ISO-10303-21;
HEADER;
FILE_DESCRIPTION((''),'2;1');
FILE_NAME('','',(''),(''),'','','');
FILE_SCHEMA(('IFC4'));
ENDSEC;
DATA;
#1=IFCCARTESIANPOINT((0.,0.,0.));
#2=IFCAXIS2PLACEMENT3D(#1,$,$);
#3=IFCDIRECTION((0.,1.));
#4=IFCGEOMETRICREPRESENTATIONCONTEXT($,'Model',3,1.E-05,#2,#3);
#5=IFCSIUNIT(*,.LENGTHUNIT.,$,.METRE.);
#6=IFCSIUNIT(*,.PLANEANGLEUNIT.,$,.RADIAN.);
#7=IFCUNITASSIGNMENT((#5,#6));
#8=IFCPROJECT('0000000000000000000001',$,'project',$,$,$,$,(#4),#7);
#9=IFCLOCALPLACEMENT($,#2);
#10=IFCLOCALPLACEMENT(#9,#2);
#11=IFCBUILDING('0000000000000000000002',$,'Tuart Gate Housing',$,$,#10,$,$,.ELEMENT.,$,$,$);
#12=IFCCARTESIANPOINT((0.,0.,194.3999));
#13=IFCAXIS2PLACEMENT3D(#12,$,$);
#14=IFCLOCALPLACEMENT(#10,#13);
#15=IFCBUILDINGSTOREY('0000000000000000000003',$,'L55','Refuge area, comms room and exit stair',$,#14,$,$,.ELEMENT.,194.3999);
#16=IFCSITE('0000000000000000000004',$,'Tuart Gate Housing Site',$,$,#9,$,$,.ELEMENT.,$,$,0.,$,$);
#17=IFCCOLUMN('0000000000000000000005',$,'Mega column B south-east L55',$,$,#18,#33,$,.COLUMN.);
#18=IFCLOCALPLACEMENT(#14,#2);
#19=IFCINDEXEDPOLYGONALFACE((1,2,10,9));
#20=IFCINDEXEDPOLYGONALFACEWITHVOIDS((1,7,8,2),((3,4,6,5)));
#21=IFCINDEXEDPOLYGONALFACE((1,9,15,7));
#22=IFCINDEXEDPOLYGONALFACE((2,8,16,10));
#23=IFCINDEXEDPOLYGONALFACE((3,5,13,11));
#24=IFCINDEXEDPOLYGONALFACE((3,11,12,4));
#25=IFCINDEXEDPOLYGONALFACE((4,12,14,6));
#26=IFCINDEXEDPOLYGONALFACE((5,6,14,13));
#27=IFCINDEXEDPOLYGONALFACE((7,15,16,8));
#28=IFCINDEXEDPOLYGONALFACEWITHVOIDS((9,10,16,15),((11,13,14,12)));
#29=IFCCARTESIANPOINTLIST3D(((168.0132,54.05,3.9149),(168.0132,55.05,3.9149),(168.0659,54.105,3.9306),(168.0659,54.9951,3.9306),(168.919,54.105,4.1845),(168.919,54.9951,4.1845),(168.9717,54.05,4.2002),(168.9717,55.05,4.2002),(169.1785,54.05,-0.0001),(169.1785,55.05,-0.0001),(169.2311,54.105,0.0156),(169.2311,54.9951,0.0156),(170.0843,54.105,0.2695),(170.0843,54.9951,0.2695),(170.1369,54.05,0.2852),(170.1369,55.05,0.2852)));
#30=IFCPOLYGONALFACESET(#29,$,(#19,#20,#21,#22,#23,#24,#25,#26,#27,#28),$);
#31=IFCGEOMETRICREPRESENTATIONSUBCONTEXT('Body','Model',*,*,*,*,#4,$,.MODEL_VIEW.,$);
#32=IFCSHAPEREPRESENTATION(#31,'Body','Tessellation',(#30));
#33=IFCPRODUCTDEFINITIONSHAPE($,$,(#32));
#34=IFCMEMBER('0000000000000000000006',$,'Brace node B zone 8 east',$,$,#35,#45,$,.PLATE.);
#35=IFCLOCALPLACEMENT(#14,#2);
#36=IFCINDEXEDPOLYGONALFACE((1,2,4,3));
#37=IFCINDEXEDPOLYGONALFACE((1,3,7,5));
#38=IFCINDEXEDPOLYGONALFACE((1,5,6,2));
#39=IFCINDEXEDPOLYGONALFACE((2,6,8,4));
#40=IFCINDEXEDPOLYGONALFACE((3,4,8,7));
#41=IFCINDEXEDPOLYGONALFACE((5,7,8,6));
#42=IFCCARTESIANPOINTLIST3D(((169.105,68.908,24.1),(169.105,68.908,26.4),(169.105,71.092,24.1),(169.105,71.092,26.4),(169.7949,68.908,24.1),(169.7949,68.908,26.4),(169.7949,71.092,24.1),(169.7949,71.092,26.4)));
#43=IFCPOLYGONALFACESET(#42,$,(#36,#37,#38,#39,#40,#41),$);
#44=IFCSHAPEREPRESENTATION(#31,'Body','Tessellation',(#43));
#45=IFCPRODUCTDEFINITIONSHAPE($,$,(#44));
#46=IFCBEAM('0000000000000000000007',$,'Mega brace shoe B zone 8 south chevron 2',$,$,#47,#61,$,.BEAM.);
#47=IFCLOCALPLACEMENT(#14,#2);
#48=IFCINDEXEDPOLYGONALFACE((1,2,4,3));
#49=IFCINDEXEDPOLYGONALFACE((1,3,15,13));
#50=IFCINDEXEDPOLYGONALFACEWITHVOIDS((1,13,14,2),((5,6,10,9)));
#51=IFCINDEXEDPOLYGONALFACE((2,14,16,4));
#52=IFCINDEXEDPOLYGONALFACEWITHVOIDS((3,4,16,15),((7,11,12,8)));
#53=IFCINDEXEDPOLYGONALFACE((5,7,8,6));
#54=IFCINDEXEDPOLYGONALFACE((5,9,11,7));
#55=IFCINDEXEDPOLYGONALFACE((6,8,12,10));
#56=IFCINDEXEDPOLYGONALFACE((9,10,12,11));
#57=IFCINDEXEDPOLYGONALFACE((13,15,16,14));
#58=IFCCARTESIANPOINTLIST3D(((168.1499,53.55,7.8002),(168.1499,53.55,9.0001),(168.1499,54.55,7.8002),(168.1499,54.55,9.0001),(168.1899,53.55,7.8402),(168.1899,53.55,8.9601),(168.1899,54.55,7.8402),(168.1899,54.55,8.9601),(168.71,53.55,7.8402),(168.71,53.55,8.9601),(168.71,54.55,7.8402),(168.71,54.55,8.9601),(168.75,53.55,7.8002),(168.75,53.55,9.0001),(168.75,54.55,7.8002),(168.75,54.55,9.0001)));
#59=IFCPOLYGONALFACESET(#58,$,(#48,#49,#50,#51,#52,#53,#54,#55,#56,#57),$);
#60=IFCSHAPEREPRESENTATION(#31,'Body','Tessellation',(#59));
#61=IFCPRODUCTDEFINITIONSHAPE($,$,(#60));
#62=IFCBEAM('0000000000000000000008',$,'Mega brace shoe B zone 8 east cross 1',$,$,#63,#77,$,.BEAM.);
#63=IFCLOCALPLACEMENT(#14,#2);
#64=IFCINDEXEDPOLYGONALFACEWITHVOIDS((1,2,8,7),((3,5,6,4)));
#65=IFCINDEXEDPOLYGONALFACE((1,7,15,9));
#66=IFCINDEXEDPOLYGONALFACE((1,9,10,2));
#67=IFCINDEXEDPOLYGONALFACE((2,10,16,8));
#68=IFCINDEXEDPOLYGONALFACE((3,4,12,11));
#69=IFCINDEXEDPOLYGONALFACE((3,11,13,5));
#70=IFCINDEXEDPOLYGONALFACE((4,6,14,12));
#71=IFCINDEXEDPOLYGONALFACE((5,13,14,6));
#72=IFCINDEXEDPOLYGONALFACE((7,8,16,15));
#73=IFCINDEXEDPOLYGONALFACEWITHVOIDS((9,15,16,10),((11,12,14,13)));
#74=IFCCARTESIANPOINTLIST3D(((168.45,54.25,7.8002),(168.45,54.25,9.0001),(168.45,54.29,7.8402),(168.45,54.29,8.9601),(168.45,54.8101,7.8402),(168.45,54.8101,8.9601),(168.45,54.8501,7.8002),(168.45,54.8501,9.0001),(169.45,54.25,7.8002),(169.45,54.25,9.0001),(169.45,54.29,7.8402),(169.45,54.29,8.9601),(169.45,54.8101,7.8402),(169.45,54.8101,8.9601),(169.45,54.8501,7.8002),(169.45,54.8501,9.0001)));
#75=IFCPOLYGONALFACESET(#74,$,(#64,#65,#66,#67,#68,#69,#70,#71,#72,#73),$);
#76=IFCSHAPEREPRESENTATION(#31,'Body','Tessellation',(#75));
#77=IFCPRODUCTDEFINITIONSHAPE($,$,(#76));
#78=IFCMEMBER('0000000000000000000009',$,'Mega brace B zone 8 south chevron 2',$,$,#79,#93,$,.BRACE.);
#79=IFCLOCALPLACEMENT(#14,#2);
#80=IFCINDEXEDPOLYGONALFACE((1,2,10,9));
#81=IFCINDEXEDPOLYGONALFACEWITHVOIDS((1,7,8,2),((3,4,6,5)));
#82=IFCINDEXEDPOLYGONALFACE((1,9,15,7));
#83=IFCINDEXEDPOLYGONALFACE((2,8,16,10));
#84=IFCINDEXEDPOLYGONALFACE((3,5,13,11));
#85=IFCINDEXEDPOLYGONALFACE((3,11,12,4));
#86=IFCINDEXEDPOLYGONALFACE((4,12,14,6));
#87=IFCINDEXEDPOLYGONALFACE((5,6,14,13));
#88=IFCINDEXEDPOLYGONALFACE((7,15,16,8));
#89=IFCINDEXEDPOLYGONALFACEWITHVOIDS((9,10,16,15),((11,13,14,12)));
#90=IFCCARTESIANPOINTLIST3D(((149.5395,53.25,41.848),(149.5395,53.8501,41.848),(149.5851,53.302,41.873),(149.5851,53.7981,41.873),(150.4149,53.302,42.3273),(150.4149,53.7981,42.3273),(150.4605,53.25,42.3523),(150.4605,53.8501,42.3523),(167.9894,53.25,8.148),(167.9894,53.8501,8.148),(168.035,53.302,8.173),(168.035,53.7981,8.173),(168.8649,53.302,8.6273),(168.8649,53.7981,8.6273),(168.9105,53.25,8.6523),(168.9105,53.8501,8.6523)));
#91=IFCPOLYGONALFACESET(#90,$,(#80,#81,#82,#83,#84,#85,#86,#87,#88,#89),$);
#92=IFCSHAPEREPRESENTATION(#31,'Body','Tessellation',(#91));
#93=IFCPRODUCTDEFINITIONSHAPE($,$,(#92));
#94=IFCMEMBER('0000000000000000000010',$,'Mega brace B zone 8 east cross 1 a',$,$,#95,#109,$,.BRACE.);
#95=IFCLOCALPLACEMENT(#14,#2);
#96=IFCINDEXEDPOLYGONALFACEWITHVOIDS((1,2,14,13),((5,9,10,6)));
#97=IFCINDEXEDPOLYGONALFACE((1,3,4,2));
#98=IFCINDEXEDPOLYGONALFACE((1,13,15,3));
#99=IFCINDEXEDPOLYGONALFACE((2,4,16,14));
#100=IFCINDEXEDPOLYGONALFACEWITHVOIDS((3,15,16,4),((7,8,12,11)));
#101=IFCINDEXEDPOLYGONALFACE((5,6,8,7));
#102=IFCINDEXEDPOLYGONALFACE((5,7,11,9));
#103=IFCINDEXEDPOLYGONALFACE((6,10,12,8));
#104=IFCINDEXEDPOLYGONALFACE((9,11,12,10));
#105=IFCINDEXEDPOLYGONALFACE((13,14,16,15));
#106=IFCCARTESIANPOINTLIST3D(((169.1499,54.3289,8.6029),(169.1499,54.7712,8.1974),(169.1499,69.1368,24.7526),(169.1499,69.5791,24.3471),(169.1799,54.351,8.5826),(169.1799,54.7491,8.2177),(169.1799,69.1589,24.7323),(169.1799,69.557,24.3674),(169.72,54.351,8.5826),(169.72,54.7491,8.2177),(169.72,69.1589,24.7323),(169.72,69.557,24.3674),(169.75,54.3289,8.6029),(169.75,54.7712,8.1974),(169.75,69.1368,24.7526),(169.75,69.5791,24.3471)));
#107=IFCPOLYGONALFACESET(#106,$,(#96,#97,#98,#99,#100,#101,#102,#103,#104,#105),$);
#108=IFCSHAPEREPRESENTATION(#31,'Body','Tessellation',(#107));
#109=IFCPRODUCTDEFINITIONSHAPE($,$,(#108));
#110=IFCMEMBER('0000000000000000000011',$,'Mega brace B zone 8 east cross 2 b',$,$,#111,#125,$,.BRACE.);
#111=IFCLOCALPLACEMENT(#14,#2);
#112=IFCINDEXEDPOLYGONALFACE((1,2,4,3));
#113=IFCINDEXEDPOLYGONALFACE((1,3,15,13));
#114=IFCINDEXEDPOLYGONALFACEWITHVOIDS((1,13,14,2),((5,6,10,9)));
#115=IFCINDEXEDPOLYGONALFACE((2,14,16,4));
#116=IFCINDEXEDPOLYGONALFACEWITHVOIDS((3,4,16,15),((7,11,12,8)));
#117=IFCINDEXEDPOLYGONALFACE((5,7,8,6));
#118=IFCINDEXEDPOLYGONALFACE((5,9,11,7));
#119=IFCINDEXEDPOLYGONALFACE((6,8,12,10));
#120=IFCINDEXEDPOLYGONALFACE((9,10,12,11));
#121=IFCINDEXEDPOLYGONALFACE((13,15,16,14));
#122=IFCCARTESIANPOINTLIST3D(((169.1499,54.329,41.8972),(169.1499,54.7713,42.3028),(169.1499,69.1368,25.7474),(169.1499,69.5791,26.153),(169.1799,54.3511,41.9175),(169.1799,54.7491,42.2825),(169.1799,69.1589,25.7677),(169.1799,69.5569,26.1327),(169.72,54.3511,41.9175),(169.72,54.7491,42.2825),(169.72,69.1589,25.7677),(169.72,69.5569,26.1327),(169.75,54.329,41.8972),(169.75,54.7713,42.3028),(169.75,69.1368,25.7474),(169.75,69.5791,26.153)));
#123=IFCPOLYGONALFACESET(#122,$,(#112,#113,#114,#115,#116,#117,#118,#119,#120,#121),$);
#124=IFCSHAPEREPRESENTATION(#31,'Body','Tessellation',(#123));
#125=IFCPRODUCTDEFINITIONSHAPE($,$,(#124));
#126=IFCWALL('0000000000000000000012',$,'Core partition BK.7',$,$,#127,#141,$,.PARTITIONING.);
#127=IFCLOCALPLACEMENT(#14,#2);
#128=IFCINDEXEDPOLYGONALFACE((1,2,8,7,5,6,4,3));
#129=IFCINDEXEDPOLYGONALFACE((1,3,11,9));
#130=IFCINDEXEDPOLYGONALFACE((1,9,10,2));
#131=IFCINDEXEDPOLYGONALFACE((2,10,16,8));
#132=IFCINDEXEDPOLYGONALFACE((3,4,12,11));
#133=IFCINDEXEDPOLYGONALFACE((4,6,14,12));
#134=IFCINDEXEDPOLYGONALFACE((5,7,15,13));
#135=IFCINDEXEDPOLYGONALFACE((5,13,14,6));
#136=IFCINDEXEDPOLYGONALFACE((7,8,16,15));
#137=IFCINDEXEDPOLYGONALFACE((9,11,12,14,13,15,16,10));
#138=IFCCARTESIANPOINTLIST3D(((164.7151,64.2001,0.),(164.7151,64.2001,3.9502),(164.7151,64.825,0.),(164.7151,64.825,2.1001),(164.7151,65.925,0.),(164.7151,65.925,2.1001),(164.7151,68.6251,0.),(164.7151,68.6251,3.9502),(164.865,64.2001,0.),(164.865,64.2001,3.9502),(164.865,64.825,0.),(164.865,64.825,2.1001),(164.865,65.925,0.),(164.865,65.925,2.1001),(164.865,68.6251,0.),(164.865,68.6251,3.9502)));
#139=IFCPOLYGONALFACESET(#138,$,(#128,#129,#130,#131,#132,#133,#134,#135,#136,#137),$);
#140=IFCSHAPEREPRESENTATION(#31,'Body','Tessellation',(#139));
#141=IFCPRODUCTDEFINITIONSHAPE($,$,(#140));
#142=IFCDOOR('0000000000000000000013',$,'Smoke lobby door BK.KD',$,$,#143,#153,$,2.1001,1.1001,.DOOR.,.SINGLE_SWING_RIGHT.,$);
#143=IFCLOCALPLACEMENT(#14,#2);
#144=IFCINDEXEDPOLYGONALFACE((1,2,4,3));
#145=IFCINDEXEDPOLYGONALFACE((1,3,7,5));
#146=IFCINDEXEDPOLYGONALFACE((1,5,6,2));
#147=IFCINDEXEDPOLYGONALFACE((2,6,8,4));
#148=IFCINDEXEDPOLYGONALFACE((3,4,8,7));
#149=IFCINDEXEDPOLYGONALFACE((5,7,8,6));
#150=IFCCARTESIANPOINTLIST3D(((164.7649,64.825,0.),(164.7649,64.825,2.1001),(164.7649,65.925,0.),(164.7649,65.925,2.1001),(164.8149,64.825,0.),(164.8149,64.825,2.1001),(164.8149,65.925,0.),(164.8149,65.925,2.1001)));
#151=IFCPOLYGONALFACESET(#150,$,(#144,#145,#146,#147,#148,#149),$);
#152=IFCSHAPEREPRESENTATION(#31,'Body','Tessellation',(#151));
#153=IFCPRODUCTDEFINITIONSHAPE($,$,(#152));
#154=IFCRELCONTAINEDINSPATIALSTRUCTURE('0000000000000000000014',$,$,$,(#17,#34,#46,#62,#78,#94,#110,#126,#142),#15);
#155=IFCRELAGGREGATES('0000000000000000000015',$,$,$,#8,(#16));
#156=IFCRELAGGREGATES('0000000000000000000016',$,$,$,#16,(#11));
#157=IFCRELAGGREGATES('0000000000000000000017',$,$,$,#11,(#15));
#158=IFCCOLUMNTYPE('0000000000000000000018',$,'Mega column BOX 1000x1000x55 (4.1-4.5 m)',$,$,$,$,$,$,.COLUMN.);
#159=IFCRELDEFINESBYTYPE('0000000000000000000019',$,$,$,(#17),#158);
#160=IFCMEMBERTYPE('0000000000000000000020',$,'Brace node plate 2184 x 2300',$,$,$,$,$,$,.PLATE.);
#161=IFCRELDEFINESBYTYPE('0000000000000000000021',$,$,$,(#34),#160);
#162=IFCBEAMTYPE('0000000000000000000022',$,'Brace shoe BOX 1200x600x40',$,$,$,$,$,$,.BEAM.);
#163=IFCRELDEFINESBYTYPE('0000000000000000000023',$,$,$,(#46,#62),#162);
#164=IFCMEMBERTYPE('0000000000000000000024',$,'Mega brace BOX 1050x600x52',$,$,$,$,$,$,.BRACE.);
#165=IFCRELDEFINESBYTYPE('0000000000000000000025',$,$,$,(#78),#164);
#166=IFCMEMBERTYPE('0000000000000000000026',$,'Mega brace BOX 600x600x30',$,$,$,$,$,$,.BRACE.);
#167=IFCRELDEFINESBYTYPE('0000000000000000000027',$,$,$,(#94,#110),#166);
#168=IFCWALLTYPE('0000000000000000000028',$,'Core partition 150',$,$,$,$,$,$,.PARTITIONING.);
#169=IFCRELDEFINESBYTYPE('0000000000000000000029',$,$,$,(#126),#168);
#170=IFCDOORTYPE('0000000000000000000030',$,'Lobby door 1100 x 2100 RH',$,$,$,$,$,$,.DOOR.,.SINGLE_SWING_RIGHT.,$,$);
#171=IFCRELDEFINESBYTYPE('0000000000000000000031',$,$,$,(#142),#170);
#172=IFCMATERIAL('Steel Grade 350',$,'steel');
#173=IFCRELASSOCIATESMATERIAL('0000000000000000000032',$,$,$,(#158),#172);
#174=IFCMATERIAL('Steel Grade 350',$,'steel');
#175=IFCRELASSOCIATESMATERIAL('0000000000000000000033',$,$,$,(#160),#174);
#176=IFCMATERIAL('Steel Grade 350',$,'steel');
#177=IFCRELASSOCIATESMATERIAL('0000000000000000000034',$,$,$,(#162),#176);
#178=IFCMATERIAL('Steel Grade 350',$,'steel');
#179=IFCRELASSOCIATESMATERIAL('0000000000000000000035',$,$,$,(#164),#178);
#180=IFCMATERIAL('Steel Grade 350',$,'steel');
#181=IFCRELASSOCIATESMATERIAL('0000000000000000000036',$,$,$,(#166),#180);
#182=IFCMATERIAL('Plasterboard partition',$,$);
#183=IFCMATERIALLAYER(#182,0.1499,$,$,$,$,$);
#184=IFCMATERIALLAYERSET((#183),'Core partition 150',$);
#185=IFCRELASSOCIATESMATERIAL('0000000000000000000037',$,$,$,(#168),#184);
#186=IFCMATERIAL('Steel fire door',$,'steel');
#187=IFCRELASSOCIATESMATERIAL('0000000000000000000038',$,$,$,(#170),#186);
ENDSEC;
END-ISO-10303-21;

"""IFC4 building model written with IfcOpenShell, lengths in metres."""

from ifc_helpers import new_model, si_unit, direction, frame, frame_2d, origin, origin_2d, place, context, subcontext, project, spatial, rectangle, hollow_rectangle, extrude, material, layer, layer_set, material_profile, profile_set, type_object, element, fill, save


model = new_model("IFC4")

# Units and contexts
model_context = context("Model", 3, precision=1e-05, world=origin(), true_north=direction((0.0, 1.0)))
body_context = subcontext(model_context, "Body", "Model", "MODEL_VIEW")
ifc_project = project(units=[si_unit("LENGTHUNIT", "METRE"), si_unit("PLANEANGLEUNIT", "RADIAN")], contexts=[model_context])

# Site, building, storey
site_placement = place(None, origin())
site = spatial("IfcSite", under=ifc_project, at=site_placement, Name="Tuart Gate Housing Site", CompositionType="ELEMENT", RefElevation=0.0)
building_placement = place(site_placement, origin())
building = spatial("IfcBuilding", under=site, at=building_placement, Name="Tuart Gate Housing", CompositionType="ELEMENT")
storey_placement = place(building_placement, frame((0.0, 0.0, 194.3999)))
storey = spatial("IfcBuildingStorey", under=building, at=storey_placement, Name="L55", Description="Refuge area, comms room and exit stair", CompositionType="ELEMENT", Elevation=194.3999)

# Column
ifc_material_1 = material(Name="Steel Grade 350", Category="steel")
ifc_material_profile_1 = material_profile(ifc_material_1, hollow_rectangle(XDim=1.0, YDim=1.0, WallThickness=0.0549, at=origin_2d()), Name="BOX 1000x1000x55")
ifc_profile_set_1 = profile_set([ifc_material_profile_1], Name="Steel Grade 350")
column_type = type_object("IfcColumnType", Name="Mega column BOX 1000x1000x55 (4.1-4.5 m)", PredefinedType="COLUMN", material=ifc_profile_set_1)
column_placement = place(storey_placement, frame((169.6577, 54.55, 0.1426), z_axis=(-0.285275, 0.0, 0.958446), x_axis=(0.0, -1.0, 0.0)))
element("IfcColumn", 1, at=column_placement, inside=storey, type_object=column_type, Name="Mega column B south-east L55", PredefinedType="COLUMN", context=body_context, shape_type="SweptSolid", body=[
    extrude(hollow_rectangle(XDim=1.0, YDim=1.0, WallThickness=0.0549, at=origin_2d()), origin(), (0.0, 0.0, 1.0), 4.0847),
])

# Member
ifc_material_2 = material(Name="Steel Grade 350", Category="steel")
ifc_material_profile_2 = material_profile(ifc_material_2, rectangle(XDim=2.1841, YDim=2.3, at=origin_2d()), Name="Brace node plate 2184 x 2300")
ifc_profile_set_2 = profile_set([ifc_material_profile_2], Name="Steel Grade 350")
member_type_1 = type_object("IfcMemberType", Name="Brace node plate 2184 x 2300", PredefinedType="PLATE", material=ifc_profile_set_2)
member_1_placement = place(storey_placement, frame((169.105, 70.0, 25.25), z_axis=(1.0, 0.0, 0.0), x_axis=(0.0, 1.0, 0.0)))
element("IfcMember", 2, at=member_1_placement, inside=storey, type_object=member_type_1, Name="Brace node B zone 8 east", PredefinedType="PLATE", context=body_context, shape_type="SweptSolid", body=[
    extrude(rectangle(XDim=2.1841, YDim=2.3, at=origin_2d()), origin(), (0.0, 0.0, 1.0), 0.6899),
])

# Beams
ifc_material_3 = material(Name="Steel Grade 350", Category="steel")
ifc_material_profile_3 = material_profile(ifc_material_3, hollow_rectangle(XDim=0.6001, YDim=1.2, WallThickness=0.04, at=origin_2d()), Name="BOX 1200x600x40")
ifc_profile_set_3 = profile_set([ifc_material_profile_3], Name="Steel Grade 350")
beam_type = type_object("IfcBeamType", Name="Brace shoe BOX 1200x600x40", PredefinedType="BEAM", material=ifc_profile_set_3)
for number, where, z_axis, x_axis, name in (
    (3, (168.45, 54.55, 8.4001), (0.0, -1.0, 0.0), (1.0, 0.0, 0.0), "Mega brace shoe B zone 8 south chevron 2"),
    (4, (168.45, 54.55, 8.4001), (1.0, 0.0, 0.0), (0.0, 1.0, 0.0), "Mega brace shoe B zone 8 east cross 1"),
):
    element("IfcBeam", number, at=place(storey_placement, frame(where, z_axis=z_axis, x_axis=x_axis)), inside=storey, type_object=beam_type, Name=name, PredefinedType="BEAM", context=body_context, shape_type="SweptSolid", body=[
        extrude(hollow_rectangle(XDim=0.6001, YDim=1.2, WallThickness=0.04, at=origin_2d()), origin(), (0.0, 0.0, 1.0), 1.0),
    ])

# Members
ifc_material_4 = material(Name="Steel Grade 350", Category="steel")
ifc_material_profile_4 = material_profile(ifc_material_4, hollow_rectangle(XDim=0.6001, YDim=1.05, WallThickness=0.052, at=origin_2d()), Name="BOX 1050x600x52")
ifc_profile_set_4 = profile_set([ifc_material_profile_4], Name="Steel Grade 350")
member_type_2 = type_object("IfcMemberType", Name="Mega brace BOX 1050x600x52", PredefinedType="BRACE", material=ifc_profile_set_4)
member_2_placement = place(storey_placement, frame((168.45, 53.55, 8.4001), z_axis=(-0.480219, 0.0, 0.877149), x_axis=(0.0, -1.0, 0.0)))
element("IfcMember", 5, at=member_2_placement, inside=storey, type_object=member_type_2, Name="Mega brace B zone 8 south chevron 2", PredefinedType="BRACE", context=body_context, shape_type="SweptSolid", body=[
    extrude(hollow_rectangle(XDim=0.6001, YDim=1.05, WallThickness=0.052, at=origin_2d()), origin(), (0.0, 0.0, 1.0), 38.4199),
])
ifc_material_5 = material(Name="Steel Grade 350", Category="steel")
ifc_material_profile_5 = material_profile(ifc_material_5, hollow_rectangle(XDim=0.6001, YDim=0.6001, WallThickness=0.03, at=origin_2d()), Name="BOX 600x600x30")
ifc_profile_set_5 = profile_set([ifc_material_profile_5], Name="Steel Grade 350")
member_type_3 = type_object("IfcMemberType", Name="Mega brace BOX 600x600x30", PredefinedType="BRACE", material=ifc_profile_set_5)
for number, where, z_axis, x_axis, name in (
    (6, (169.45, 54.55, 8.4001), (0.0, 0.675824, 0.737063), (-1.0, 0.0, 0.0), "Mega brace B zone 8 east cross 1 a"),
    (7, (169.45, 69.3579, 25.9502), (0.0, -0.675818, 0.737068), (1.0, 0.0, 0.0), "Mega brace B zone 8 east cross 2 b"),
):
    element("IfcMember", number, at=place(storey_placement, frame(where, z_axis=z_axis, x_axis=x_axis)), inside=storey, type_object=member_type_3, Name=name, PredefinedType="BRACE", context=body_context, shape_type="SweptSolid", body=[
        extrude(hollow_rectangle(XDim=0.6001, YDim=0.6001, WallThickness=0.03, at=origin_2d()), origin(), (0.0, 0.0, 1.0), 21.9109),
    ])

# Wall, opening, door
ifc_material_6 = material(Name="Plasterboard partition")
ifc_layer_1 = layer(ifc_material_6, 0.1499)
ifc_layer_set_1 = layer_set([ifc_layer_1], Name="Core partition 150")
wall_type_1 = type_object("IfcWallType", Name="Core partition 150", PredefinedType="PARTITIONING", material=ifc_layer_set_1)
wall_1_placement = place(storey_placement, frame((164.79, 68.625, 0.0), z_axis=(0.0, 0.0, 1.0), x_axis=(0.0, -1.0, 0.0)))
wall_1 = element("IfcWall", 8, at=wall_1_placement, inside=storey, type_object=wall_type_1, Name="Core partition BK.7", PredefinedType="PARTITIONING", context=body_context, shape_type="SweptSolid", body=[
    extrude(rectangle(XDim=4.425, YDim=0.1499, at=frame_2d((2.2124, 0.0))), origin(), (0.0, 0.0, 1.0), 3.9502),
])
opening_1_placement = place(wall_1_placement, frame((2.7, 0.0, 0.0)))
opening_1 = element("IfcOpeningElement", 9, at=opening_1_placement, cuts=wall_1, PredefinedType="OPENING", context=body_context, shape_type="SweptSolid", body=[
    extrude(rectangle(XDim=1.1001, YDim=2.1001, at=frame_2d((0.55, 1.05))), frame((0.0, 0.085, 0.0), z_axis=(0.0, -1.0, 0.0), x_axis=(1.0, 0.0, 0.0)), (0.0, 0.0, 1.0), 0.1699),
])
ifc_material_7 = material(Name="Steel fire door", Category="steel")
door_type_1 = type_object("IfcDoorType", Name="Lobby door 1100 x 2100 RH", OperationType="SINGLE_SWING_RIGHT", PredefinedType="DOOR", material=ifc_material_7)
door_1_placement = place(opening_1_placement, origin())
door_1 = element("IfcDoor", 10, at=door_1_placement, inside=storey, type_object=door_type_1, Name="Smoke lobby door BK.KD", OperationType="SINGLE_SWING_RIGHT", OverallHeight=2.1001, OverallWidth=1.1001, PredefinedType="DOOR", context=body_context, shape_type="SweptSolid", body=[
    extrude(rectangle(XDim=1.1001, YDim=2.1001, at=frame_2d((0.55, 1.05))), frame((0.0, 0.0249, 0.0), z_axis=(0.0, -1.0, 0.0), x_axis=(1.0, 0.0, 0.0)), (0.0, 0.0, 1.0), 0.05),
])
fill(opening_1, door_1)

save(model, "model.ifc")
